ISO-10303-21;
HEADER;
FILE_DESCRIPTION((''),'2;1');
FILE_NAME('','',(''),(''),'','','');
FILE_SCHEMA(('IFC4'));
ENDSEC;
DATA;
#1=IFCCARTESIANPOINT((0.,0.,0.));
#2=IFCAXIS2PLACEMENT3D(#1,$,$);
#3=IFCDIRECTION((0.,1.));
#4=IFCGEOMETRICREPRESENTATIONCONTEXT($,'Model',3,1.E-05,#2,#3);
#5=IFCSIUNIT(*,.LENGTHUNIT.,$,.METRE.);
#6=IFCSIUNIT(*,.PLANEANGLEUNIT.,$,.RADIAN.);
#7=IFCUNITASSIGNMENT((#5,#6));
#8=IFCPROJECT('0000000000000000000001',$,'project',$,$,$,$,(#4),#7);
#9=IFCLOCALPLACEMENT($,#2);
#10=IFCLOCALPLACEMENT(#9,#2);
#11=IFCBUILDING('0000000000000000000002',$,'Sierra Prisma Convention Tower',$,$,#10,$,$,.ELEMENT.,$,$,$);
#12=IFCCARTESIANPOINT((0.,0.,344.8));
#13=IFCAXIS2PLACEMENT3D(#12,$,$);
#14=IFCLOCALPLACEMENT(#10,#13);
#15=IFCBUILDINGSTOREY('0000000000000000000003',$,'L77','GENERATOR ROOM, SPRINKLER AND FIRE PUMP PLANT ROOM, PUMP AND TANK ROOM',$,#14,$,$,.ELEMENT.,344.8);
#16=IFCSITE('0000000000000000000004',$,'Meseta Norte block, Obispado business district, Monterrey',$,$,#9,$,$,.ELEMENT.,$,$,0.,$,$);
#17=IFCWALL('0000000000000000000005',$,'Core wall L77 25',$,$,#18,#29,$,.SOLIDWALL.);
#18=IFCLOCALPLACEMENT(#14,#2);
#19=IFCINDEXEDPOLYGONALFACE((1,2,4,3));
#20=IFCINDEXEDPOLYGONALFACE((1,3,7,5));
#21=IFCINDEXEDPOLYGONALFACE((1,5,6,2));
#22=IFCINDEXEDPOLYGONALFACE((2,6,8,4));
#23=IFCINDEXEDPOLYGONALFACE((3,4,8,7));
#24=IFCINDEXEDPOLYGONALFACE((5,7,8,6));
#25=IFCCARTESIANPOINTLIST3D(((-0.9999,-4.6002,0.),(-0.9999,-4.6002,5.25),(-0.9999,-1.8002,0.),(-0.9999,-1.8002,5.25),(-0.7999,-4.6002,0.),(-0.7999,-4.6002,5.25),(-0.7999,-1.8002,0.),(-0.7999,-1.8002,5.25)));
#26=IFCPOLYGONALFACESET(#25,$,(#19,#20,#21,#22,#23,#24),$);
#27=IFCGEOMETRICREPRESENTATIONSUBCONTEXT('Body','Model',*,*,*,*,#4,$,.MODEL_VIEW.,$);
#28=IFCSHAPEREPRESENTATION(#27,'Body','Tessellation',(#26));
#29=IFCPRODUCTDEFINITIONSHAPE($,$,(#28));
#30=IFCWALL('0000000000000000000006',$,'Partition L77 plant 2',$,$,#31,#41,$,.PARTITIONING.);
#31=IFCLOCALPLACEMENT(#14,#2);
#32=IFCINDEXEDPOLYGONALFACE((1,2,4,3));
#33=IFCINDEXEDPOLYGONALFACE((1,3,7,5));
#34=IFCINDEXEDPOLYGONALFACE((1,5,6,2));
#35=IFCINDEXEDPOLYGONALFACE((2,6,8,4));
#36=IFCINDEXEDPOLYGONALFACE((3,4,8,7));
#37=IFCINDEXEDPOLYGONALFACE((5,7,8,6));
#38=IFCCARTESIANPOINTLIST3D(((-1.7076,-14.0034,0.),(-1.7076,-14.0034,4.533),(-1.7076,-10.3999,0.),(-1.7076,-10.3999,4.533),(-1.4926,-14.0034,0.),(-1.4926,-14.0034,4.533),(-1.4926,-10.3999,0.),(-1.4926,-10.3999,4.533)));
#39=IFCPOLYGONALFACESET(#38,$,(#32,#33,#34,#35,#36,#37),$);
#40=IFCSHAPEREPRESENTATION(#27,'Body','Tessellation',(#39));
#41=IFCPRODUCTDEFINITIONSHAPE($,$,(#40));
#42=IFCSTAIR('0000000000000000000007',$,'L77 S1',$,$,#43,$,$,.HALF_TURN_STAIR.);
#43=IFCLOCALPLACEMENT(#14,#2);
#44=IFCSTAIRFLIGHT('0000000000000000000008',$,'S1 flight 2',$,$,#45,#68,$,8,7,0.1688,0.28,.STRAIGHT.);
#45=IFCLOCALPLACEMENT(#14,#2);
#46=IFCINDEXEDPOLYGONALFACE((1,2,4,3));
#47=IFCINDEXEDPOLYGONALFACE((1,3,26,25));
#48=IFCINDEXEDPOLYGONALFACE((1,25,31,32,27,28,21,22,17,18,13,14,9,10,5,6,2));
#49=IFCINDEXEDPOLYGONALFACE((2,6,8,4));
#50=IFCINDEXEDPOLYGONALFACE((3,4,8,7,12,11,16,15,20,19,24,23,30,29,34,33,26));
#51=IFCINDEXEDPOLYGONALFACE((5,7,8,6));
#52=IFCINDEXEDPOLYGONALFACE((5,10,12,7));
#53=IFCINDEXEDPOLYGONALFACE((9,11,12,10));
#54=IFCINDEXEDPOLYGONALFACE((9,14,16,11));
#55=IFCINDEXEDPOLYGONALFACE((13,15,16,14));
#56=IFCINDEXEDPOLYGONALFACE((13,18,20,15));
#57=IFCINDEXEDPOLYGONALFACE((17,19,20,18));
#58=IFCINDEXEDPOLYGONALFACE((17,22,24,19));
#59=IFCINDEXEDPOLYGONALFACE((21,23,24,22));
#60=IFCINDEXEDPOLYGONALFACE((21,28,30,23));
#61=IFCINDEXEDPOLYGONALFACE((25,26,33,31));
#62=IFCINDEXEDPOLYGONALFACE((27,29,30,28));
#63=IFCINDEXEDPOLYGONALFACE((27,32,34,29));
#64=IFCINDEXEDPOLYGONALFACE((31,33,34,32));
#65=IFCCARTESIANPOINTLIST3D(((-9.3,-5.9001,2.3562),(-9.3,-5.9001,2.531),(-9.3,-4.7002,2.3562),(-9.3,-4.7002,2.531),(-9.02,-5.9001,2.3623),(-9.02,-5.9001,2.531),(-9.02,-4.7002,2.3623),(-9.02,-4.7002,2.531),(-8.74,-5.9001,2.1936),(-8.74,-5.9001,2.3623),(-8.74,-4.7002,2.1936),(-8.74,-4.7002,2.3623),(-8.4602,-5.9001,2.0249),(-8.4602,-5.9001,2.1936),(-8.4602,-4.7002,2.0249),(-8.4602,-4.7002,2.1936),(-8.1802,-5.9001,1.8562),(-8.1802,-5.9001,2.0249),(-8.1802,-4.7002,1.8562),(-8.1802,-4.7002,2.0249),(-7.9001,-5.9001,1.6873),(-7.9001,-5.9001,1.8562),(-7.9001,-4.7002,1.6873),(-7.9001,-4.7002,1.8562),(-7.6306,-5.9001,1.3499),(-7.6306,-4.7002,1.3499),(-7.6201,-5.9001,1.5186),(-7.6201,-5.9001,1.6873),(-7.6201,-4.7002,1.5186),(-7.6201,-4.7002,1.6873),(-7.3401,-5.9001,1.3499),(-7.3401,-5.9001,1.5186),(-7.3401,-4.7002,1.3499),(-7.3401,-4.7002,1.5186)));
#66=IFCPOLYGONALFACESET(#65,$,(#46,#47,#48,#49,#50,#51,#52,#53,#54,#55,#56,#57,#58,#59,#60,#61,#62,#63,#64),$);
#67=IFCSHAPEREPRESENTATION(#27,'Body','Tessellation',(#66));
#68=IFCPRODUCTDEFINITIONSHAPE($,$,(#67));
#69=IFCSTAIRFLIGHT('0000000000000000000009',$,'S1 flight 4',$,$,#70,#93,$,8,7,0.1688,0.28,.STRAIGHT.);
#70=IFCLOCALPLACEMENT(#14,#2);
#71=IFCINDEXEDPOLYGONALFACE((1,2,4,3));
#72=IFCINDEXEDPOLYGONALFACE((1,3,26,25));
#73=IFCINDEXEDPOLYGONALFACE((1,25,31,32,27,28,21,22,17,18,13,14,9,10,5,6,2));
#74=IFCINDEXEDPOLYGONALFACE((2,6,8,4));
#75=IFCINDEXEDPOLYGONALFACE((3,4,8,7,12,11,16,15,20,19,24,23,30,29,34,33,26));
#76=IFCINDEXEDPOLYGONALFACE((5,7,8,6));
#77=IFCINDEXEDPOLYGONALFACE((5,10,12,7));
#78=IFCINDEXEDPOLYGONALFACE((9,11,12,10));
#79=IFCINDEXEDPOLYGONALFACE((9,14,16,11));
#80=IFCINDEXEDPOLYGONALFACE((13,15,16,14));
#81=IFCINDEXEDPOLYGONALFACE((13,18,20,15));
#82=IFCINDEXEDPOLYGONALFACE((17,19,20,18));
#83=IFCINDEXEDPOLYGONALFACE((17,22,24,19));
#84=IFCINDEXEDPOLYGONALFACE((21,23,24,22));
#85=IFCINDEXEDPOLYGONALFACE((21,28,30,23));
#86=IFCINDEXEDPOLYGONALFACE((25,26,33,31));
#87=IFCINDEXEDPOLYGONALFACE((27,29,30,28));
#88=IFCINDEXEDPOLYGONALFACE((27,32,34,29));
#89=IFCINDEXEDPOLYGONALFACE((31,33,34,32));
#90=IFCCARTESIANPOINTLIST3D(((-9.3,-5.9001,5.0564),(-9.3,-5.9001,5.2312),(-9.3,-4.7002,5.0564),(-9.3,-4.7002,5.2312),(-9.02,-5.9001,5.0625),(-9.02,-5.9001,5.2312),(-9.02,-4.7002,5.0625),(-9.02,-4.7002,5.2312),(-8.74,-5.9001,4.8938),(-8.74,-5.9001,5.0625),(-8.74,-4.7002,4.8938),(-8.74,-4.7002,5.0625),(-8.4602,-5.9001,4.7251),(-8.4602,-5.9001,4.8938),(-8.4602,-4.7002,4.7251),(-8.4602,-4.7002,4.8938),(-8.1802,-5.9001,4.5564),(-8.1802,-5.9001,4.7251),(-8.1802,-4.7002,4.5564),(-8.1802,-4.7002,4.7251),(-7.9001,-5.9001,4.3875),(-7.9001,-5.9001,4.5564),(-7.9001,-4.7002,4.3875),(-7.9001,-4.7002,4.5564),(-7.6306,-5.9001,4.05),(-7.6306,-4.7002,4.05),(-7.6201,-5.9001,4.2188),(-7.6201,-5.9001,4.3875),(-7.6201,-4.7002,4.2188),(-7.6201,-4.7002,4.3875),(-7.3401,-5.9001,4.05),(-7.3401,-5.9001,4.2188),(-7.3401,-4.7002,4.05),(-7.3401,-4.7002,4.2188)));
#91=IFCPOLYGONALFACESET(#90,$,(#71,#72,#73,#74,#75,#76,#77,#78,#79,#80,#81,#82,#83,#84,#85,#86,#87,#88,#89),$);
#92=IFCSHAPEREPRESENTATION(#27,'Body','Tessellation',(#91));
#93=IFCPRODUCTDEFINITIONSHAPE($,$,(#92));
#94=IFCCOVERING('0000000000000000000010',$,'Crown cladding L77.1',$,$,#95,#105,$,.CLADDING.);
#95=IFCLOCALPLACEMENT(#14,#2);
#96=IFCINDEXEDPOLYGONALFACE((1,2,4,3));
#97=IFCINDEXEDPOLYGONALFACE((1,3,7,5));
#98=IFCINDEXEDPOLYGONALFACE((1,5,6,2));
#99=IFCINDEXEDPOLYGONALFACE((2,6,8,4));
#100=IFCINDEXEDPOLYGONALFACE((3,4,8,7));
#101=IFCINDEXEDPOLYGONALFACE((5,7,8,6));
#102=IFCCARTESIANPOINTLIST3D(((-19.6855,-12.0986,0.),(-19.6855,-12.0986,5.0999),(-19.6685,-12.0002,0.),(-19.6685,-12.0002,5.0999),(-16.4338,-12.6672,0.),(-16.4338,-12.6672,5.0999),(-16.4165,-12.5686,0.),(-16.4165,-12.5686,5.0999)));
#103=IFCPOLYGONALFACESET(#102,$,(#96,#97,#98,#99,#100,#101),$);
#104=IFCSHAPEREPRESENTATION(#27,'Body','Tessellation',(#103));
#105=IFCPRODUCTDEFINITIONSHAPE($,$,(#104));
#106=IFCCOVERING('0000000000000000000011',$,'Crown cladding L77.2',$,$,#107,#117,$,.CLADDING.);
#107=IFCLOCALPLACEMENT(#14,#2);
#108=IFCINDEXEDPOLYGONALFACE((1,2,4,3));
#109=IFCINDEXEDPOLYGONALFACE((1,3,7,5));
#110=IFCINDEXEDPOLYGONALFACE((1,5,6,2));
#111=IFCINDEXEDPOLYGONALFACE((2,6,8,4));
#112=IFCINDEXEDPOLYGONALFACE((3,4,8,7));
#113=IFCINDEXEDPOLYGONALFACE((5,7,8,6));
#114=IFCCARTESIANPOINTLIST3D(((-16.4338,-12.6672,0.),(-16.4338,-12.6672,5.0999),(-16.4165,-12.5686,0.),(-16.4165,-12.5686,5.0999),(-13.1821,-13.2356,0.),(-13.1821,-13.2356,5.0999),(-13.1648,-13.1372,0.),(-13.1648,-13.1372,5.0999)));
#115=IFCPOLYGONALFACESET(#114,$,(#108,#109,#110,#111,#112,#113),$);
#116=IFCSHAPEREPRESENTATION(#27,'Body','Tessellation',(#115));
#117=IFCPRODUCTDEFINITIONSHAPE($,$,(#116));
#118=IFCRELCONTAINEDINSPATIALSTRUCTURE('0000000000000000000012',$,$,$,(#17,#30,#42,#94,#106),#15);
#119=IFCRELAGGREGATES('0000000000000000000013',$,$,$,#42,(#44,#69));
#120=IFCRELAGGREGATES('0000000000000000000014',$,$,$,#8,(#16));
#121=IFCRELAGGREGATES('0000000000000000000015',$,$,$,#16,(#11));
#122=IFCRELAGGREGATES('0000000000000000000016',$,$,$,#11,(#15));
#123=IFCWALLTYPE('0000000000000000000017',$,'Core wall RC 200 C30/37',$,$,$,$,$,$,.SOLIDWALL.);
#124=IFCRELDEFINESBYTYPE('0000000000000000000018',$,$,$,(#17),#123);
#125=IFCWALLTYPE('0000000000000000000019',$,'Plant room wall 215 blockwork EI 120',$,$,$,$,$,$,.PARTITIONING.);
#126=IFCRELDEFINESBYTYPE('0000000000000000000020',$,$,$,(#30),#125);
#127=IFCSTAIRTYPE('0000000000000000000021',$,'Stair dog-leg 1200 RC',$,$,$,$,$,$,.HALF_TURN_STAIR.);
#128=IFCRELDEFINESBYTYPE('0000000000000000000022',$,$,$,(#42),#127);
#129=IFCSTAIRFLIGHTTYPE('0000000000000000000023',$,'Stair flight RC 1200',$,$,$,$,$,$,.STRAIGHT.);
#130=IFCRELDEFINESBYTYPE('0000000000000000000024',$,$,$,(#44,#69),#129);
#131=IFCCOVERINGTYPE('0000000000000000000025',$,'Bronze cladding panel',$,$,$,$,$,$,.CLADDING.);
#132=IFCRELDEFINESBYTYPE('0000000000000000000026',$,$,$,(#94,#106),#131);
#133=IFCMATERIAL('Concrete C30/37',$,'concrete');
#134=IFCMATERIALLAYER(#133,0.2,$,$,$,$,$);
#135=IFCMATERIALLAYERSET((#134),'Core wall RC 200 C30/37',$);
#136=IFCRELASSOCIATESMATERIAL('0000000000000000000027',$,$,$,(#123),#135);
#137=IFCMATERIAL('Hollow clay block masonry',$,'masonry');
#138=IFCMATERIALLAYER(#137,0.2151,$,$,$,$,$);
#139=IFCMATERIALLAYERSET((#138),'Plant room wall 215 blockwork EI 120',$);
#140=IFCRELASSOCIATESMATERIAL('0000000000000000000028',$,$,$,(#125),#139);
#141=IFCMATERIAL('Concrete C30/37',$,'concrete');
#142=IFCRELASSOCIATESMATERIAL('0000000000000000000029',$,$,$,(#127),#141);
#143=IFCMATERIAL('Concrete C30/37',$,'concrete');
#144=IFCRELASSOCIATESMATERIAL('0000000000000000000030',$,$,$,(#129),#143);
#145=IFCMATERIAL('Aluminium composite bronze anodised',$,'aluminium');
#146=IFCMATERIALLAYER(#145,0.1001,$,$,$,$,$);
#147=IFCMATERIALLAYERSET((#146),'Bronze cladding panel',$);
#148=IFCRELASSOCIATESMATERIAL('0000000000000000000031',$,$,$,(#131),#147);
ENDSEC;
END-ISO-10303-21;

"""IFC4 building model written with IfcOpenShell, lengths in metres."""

from ifc_helpers import new_model, si_unit, direction, frame, frame_2d, origin, place, context, subcontext, project, spatial, polyline, rectangle, outline, extrude, material, layer, layer_set, type_object, element, aggregate, save


model = new_model("IFC4")

# Units and contexts
model_context = context("Model", 3, precision=1e-05, world=origin(), true_north=direction((0.0, 1.0)))
body_context = subcontext(model_context, "Body", "Model", "MODEL_VIEW")
ifc_project = project(units=[si_unit("LENGTHUNIT", "METRE"), si_unit("PLANEANGLEUNIT", "RADIAN")], contexts=[model_context])

# Site, building, storey
site_placement = place(None, origin())
site = spatial("IfcSite", under=ifc_project, at=site_placement, Name="Meseta Norte block, Obispado business district, Monterrey", CompositionType="ELEMENT", RefElevation=0.0)
building_placement = place(site_placement, origin())
building = spatial("IfcBuilding", under=site, at=building_placement, Name="Sierra Prisma Convention Tower", CompositionType="ELEMENT")
storey_placement = place(building_placement, frame((0.0, 0.0, 344.8)))
storey = spatial("IfcBuildingStorey", under=building, at=storey_placement, Name="L77", Description="GENERATOR ROOM, SPRINKLER AND FIRE PUMP PLANT ROOM, PUMP AND TANK ROOM", CompositionType="ELEMENT", Elevation=344.8)

# Shared definitions
ifc_material_1 = material(Name="Concrete C30/37", Category="concrete")
ifc_layer_1 = layer(ifc_material_1, 0.2)
ifc_layer_set_1 = layer_set([ifc_layer_1], Name="Core wall RC 200 C30/37")
wall_type_1 = type_object("IfcWallType", Name="Core wall RC 200 C30/37", PredefinedType="SOLIDWALL", material=ifc_layer_set_1)

# Wall
wall_1_placement = place(storey_placement, frame((-0.8999, -4.6001, 0.0), z_axis=(0.0, 0.0, 1.0), x_axis=(0.0, 1.0, 0.0)))
element("IfcWall", 1, at=wall_1_placement, inside=storey, type_object=wall_type_1, Name="Core wall L77 25", PredefinedType="SOLIDWALL", context=body_context, shape_type="SweptSolid", body=[
    extrude(rectangle(XDim=2.8, YDim=0.2, at=frame_2d((1.3999, 0.0))), origin(), (0.0, 0.0, 1.0), 5.25),
])

# Wall
ifc_material_2 = material(Name="Hollow clay block masonry", Category="masonry")
ifc_layer_2 = layer(ifc_material_2, 0.2151)
ifc_layer_set_2 = layer_set([ifc_layer_2], Name="Plant room wall 215 blockwork EI 120")
wall_type_2 = type_object("IfcWallType", Name="Plant room wall 215 blockwork EI 120", PredefinedType="PARTITIONING", material=ifc_layer_set_2)
wall_2_placement = place(storey_placement, frame((-1.6001, -10.3999, 0.0), z_axis=(0.0, 0.0, 1.0), x_axis=(0.0, -1.0, 0.0)))
element("IfcWall", 2, at=wall_2_placement, inside=storey, type_object=wall_type_2, Name="Partition L77 plant 2", PredefinedType="PARTITIONING", context=body_context, shape_type="SweptSolid", body=[
    extrude(rectangle(XDim=3.6035, YDim=0.2151, at=frame_2d((1.8018, 0.0))), origin(), (0.0, 0.0, 1.0), 4.533),
])

# Stair, stair flights
ifc_material_3 = material(Name="Concrete C30/37", Category="concrete")
stair_type = type_object("IfcStairType", Name="Stair dog-leg 1200 RC", PredefinedType="HALF_TURN_STAIR", material=ifc_material_3)
stair_placement = place(storey_placement, origin())
stair = element("IfcStair", 3, at=stair_placement, inside=storey, type_object=stair_type, Name="L77 S1", PredefinedType="HALF_TURN_STAIR")
ifc_material_4 = material(Name="Concrete C30/37", Category="concrete")
stair_flight_type = type_object("IfcStairFlightType", Name="Stair flight RC 1200", PredefinedType="STRAIGHT", material=ifc_material_4)
stair_flight_1_placement = place(storey_placement, frame((-7.3401, -5.3, 1.3499), z_axis=(0.0, 0.0, 1.0), x_axis=(-1.0, 0.0, 0.0)))
stair_flight_1 = element("IfcStairFlight", 4, at=stair_flight_1_placement, type_object=stair_flight_type, Name="S1 flight 2", NumberOfRisers=8, NumberOfTreads=7, PredefinedType="STRAIGHT", RiserHeight=0.1688, TreadLength=0.28, context=body_context, shape_type="SweptSolid", body=[
    extrude(outline(polyline([(0.0, 0.0), (0.0, 0.1687), (0.28, 0.1687), (0.28, 0.3374), (0.5601, 0.3374), (0.5601, 0.5063), (0.8401, 0.5063), (0.8401, 0.675), (1.1201, 0.675), (1.1201, 0.8438), (1.3999, 0.8438), (1.3999, 1.0125), (1.6799, 1.0125), (1.6799, 1.1812), (1.96, 1.1812), (1.96, 1.3501), (1.96, 1.0063), (0.2905, 0.0), (0.0, 0.0)])), frame((0.0, 0.6001, 0.0), z_axis=(0.0, -1.0, 0.0), x_axis=(1.0, 0.0, 0.0)), (0.0, 0.0, 1.0), 1.2),
])
stair_flight_2_placement = place(storey_placement, frame((-7.3401, -5.3, 4.05), z_axis=(0.0, 0.0, 1.0), x_axis=(-1.0, 0.0, 0.0)))
stair_flight_2 = element("IfcStairFlight", 5, at=stair_flight_2_placement, type_object=stair_flight_type, Name="S1 flight 4", NumberOfRisers=8, NumberOfTreads=7, PredefinedType="STRAIGHT", RiserHeight=0.1688, TreadLength=0.28, context=body_context, shape_type="SweptSolid", body=[
    extrude(outline(polyline([(0.0, 0.0), (0.0, 0.1687), (0.28, 0.1687), (0.28, 0.3374), (0.5601, 0.3374), (0.5601, 0.5063), (0.8401, 0.5063), (0.8401, 0.675), (1.1201, 0.675), (1.1201, 0.8438), (1.3999, 0.8438), (1.3999, 1.0125), (1.6799, 1.0125), (1.6799, 1.1812), (1.96, 1.1812), (1.96, 1.3501), (1.96, 1.0063), (0.2905, 0.0), (0.0, 0.0)])), frame((0.0, 0.6001, 0.0), z_axis=(0.0, -1.0, 0.0), x_axis=(1.0, 0.0, 0.0)), (0.0, 0.0, 1.0), 1.2),
])
aggregate(stair, [stair_flight_1, stair_flight_2])

# Coverings
ifc_material_5 = material(Name="Aluminium composite bronze anodised", Category="aluminium")
ifc_layer_3 = layer(ifc_material_5, 0.1001)
ifc_layer_set_3 = layer_set([ifc_layer_3], Name="Bronze cladding panel")
covering_type = type_object("IfcCoveringType", Name="Bronze cladding panel", PredefinedType="CLADDING", material=ifc_layer_set_3)
covering_1_placement = place(storey_placement, origin())
element("IfcCovering", 6, at=covering_1_placement, inside=storey, type_object=covering_type, Name="Crown cladding L77.1", PredefinedType="CLADDING", context=body_context, shape_type="SweptSolid", body=[
    extrude(outline(polyline([(-19.6685, -12.0002), (-16.4165, -12.5686), (-16.4338, -12.6672), (-19.6855, -12.0986), (-19.6685, -12.0002)])), origin(), (0.0, 0.0, 1.0), 5.0999),
])
covering_2_placement = place(storey_placement, origin())
element("IfcCovering", 7, at=covering_2_placement, inside=storey, type_object=covering_type, Name="Crown cladding L77.2", PredefinedType="CLADDING", context=body_context, shape_type="SweptSolid", body=[
    extrude(outline(polyline([(-16.4165, -12.5686), (-13.1648, -13.1372), (-13.1821, -13.2356), (-16.4338, -12.6672), (-16.4165, -12.5686)])), origin(), (0.0, 0.0, 1.0), 5.0999),
])

save(model, "model.ifc")
